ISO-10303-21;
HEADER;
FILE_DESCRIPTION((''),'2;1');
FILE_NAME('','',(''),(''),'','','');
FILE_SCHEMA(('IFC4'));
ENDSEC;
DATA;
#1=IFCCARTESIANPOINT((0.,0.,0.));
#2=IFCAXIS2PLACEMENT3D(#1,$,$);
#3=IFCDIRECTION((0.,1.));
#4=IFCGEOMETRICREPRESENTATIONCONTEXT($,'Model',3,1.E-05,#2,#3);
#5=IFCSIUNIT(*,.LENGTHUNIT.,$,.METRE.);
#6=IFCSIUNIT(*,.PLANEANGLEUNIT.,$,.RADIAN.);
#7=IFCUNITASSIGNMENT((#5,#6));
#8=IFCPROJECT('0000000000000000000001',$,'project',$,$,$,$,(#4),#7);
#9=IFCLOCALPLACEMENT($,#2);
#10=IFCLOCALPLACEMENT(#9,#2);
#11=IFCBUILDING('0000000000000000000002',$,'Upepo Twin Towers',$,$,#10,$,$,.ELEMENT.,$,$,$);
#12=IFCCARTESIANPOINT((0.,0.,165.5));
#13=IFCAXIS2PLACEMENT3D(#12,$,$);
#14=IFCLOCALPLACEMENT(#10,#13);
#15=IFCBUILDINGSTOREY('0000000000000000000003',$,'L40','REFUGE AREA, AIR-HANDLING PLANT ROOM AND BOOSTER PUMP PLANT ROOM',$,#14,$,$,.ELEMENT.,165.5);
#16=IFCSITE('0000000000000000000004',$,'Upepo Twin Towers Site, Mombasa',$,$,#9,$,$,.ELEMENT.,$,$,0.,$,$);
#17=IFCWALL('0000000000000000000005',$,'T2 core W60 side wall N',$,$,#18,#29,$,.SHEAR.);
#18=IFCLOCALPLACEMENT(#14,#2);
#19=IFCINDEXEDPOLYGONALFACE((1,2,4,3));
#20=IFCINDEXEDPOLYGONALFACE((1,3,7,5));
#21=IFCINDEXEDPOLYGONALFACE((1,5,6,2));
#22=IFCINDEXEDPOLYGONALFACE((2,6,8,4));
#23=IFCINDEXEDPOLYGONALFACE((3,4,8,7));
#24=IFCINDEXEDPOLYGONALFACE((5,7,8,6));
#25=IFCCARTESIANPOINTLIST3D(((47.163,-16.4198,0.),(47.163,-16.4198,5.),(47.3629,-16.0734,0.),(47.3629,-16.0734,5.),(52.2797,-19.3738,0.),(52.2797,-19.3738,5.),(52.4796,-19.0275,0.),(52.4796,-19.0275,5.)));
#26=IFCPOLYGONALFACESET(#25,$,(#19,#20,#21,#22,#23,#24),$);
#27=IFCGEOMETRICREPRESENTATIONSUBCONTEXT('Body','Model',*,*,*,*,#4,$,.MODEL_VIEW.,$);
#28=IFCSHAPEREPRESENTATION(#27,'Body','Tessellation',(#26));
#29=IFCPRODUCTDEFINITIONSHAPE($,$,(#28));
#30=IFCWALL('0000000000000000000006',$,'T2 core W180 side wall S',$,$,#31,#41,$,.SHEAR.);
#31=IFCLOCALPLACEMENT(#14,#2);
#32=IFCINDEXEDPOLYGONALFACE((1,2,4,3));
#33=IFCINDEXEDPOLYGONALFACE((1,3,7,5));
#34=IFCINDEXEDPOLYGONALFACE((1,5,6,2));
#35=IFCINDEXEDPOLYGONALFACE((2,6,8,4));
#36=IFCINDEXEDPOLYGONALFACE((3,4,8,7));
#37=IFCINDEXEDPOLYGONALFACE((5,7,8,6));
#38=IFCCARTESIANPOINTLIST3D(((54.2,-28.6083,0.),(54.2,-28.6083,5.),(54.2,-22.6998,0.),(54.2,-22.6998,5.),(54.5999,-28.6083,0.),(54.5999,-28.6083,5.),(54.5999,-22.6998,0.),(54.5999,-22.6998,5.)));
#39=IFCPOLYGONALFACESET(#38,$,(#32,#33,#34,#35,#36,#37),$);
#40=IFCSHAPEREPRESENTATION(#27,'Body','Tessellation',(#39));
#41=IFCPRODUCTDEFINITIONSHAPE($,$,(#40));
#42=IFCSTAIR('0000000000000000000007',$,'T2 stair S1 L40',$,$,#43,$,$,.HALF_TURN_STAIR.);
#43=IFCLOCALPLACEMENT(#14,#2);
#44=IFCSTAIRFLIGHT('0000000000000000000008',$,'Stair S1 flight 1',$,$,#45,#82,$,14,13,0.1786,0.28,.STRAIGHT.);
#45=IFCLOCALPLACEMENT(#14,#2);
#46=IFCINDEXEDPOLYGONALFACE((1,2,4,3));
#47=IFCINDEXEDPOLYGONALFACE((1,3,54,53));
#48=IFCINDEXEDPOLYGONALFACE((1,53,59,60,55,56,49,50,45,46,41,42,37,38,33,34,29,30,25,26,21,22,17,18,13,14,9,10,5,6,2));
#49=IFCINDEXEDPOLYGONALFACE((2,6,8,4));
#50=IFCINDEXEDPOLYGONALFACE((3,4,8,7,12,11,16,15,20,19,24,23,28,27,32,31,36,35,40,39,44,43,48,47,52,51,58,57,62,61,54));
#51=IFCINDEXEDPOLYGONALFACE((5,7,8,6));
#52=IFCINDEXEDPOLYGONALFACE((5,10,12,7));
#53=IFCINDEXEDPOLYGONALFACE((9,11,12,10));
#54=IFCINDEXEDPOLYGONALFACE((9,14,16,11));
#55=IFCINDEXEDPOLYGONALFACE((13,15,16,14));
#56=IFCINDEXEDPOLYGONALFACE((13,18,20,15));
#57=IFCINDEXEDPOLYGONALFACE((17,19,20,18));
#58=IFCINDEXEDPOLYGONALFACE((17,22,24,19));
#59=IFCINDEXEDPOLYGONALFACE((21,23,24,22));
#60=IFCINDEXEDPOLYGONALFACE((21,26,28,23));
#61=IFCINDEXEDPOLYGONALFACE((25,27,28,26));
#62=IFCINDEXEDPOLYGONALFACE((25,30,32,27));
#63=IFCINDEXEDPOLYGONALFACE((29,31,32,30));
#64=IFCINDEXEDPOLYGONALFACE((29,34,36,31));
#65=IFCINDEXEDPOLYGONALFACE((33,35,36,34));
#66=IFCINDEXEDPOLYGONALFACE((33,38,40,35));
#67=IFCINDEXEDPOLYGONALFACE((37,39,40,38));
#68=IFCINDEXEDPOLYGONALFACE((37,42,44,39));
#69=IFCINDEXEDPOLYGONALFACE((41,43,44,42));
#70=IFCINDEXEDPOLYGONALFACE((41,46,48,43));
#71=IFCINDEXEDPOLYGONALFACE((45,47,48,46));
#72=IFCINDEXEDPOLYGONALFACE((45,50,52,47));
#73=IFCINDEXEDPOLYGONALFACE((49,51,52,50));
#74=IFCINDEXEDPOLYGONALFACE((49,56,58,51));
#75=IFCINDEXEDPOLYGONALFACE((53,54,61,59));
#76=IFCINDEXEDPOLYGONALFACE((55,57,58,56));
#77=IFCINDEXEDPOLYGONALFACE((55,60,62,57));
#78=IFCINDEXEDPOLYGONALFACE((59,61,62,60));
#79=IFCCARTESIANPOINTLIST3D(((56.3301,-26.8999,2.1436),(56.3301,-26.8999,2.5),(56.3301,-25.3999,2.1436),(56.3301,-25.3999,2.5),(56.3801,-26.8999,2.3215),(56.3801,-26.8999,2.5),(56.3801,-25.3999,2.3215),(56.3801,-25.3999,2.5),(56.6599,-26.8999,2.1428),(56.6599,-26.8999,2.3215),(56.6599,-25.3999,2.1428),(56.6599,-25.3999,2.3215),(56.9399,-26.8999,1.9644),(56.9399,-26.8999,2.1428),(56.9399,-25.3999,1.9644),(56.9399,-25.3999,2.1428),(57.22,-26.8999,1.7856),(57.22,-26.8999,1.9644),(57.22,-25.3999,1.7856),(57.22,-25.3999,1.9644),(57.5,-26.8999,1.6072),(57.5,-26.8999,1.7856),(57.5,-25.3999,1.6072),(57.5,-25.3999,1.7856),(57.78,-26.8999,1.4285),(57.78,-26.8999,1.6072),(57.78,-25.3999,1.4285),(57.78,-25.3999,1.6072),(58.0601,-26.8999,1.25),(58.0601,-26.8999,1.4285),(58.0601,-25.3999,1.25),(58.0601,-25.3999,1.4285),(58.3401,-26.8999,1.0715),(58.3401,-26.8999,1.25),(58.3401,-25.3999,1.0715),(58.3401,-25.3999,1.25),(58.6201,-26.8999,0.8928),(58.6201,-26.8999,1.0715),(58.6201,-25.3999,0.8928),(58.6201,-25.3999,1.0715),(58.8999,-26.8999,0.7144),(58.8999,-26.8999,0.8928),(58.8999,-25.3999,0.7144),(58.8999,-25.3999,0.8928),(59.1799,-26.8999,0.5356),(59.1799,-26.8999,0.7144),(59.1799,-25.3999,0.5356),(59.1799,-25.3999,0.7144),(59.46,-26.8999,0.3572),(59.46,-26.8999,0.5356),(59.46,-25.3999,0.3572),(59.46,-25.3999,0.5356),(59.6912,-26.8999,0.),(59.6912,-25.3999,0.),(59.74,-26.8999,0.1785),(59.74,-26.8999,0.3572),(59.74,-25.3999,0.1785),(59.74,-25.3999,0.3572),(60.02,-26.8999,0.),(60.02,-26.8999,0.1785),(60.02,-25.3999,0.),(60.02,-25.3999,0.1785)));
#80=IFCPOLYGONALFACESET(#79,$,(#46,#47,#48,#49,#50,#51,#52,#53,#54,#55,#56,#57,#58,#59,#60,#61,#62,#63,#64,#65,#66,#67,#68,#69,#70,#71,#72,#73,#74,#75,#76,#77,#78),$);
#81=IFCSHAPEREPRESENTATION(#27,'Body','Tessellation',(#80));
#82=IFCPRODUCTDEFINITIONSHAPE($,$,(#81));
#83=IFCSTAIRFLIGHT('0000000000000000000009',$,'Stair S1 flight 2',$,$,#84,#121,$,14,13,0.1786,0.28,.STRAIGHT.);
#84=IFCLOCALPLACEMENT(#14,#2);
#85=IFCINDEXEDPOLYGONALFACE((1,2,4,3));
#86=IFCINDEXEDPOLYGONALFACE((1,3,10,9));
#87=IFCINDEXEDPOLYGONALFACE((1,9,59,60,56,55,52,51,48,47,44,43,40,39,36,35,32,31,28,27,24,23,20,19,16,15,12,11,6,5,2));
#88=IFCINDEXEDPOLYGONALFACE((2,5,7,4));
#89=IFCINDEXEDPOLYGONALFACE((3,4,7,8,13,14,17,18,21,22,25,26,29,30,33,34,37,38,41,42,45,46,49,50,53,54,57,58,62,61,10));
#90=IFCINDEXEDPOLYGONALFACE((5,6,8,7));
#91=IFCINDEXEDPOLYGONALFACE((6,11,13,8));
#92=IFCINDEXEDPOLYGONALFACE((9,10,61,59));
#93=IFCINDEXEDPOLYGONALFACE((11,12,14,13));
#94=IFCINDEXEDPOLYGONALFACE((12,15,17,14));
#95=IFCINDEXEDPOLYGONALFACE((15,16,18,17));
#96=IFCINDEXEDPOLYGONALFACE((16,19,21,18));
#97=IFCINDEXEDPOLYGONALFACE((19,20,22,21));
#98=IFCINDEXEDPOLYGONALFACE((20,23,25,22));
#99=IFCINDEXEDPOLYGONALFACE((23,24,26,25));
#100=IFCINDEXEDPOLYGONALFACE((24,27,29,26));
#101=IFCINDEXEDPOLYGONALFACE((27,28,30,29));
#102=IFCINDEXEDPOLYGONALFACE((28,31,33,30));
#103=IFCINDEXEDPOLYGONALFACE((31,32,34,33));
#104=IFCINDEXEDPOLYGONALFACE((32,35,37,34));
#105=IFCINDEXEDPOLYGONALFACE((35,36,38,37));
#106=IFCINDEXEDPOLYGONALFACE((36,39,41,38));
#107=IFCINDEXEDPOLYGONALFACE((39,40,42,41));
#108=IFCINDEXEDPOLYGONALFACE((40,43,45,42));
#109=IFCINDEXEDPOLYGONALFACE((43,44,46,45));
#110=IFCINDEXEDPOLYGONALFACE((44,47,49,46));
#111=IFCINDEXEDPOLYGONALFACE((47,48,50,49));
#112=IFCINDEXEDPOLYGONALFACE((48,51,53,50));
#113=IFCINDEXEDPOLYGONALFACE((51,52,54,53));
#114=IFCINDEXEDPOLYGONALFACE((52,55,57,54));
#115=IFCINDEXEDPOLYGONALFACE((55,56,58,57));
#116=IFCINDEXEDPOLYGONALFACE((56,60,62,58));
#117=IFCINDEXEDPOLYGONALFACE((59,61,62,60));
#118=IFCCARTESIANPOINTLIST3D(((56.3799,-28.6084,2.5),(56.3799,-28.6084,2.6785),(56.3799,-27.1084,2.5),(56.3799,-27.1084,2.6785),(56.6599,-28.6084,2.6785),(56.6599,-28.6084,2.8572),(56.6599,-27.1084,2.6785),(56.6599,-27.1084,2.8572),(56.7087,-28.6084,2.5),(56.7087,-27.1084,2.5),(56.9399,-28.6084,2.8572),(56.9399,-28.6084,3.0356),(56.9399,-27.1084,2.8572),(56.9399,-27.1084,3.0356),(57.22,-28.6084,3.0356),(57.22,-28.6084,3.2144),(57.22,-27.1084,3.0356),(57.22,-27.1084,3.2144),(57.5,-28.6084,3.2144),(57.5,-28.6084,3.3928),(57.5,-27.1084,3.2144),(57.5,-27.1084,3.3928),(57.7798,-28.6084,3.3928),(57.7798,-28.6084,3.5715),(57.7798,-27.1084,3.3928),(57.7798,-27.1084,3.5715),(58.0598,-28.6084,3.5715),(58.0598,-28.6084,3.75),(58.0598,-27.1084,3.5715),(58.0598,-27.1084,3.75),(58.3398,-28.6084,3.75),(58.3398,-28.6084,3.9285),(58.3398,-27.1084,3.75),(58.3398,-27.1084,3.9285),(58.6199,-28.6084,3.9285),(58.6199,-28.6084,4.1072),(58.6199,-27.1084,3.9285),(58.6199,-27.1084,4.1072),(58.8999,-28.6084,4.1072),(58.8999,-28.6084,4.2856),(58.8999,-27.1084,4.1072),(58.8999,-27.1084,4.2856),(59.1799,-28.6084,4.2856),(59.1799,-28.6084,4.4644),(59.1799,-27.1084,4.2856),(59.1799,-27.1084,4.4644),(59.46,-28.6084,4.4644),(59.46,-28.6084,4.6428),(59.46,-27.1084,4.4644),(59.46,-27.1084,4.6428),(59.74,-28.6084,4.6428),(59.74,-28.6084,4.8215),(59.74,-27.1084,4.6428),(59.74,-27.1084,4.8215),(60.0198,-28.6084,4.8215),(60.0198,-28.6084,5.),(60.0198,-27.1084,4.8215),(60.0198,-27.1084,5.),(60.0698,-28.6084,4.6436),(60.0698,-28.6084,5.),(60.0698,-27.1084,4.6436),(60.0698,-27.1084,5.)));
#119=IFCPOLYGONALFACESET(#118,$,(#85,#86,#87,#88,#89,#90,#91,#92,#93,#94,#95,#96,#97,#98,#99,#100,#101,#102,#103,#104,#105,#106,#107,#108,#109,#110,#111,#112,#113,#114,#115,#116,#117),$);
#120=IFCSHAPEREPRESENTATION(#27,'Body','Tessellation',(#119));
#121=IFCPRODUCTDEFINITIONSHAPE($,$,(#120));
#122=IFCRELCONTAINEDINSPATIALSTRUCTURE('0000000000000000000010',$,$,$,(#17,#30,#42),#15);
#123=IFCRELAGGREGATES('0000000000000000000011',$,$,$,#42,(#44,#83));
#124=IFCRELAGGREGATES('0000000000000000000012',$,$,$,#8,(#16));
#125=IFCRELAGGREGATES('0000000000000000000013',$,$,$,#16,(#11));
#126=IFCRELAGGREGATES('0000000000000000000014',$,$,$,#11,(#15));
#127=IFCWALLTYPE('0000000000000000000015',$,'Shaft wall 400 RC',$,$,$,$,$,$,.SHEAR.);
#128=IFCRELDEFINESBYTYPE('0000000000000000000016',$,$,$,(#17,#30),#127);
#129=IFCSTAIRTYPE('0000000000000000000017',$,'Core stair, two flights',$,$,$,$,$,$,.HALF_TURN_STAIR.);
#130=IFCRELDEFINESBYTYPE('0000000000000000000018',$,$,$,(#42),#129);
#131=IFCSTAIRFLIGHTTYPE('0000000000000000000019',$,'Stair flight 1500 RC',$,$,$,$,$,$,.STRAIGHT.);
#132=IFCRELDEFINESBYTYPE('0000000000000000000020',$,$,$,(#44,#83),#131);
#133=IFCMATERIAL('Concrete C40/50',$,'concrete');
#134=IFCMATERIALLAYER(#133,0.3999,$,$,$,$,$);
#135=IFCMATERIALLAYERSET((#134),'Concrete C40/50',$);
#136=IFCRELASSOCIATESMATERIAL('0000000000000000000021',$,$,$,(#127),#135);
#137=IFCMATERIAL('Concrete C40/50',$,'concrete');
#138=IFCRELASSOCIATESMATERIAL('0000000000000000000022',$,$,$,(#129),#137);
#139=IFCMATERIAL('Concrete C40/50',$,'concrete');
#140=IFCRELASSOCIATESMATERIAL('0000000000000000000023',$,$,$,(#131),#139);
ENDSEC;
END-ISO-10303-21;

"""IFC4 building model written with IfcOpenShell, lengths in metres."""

from ifc_helpers import new_model, si_unit, direction, frame, frame_2d, origin, place, context, subcontext, project, spatial, polyline, rectangle, outline, extrude, material, layer, layer_set, type_object, element, aggregate, save


model = new_model("IFC4")

# Units and contexts
model_context = context("Model", 3, precision=1e-05, world=origin(), true_north=direction((0.0, 1.0)))
body_context = subcontext(model_context, "Body", "Model", "MODEL_VIEW")
ifc_project = project(units=[si_unit("LENGTHUNIT", "METRE"), si_unit("PLANEANGLEUNIT", "RADIAN")], contexts=[model_context])

# Site, building, storey
site_placement = place(None, origin())
site = spatial("IfcSite", under=ifc_project, at=site_placement, Name="Upepo Twin Towers Site, Mombasa", CompositionType="ELEMENT", RefElevation=0.0)
building_placement = place(site_placement, origin())
building = spatial("IfcBuilding", under=site, at=building_placement, Name="Upepo Twin Towers", CompositionType="ELEMENT")
storey_placement = place(building_placement, frame((0.0, 0.0, 165.5)))
storey = spatial("IfcBuildingStorey", under=building, at=storey_placement, Name="L40", Description="REFUGE AREA, AIR-HANDLING PLANT ROOM AND BOOSTER PUMP PLANT ROOM", CompositionType="ELEMENT", Elevation=165.5)

# Walls
ifc_material_1 = material(Name="Concrete C40/50", Category="concrete")
ifc_layer_1 = layer(ifc_material_1, 0.3999)
ifc_layer_set_1 = layer_set([ifc_layer_1], Name="Concrete C40/50")
wall_type_1 = type_object("IfcWallType", Name="Shaft wall 400 RC", PredefinedType="SHEAR", material=ifc_layer_set_1)
wall_1_placement = place(storey_placement, frame((52.3796, -19.2007, 0.0), z_axis=(0.0, 0.0, 1.0), x_axis=(-0.866027, 0.499997, 0.0)))
element("IfcWall", 1, at=wall_1_placement, inside=storey, type_object=wall_type_1, Name="T2 core W60 side wall N", PredefinedType="SHEAR", context=body_context, shape_type="SweptSolid", body=[
    extrude(rectangle(XDim=5.9082, YDim=0.3999, at=frame_2d((2.9541, 0.0))), origin(), (0.0, 0.0, 1.0), 5.0),
])
wall_2_placement = place(storey_placement, frame((54.3999, -22.7, 0.0), z_axis=(0.0, 0.0, 1.0), x_axis=(0.0, -1.0, 0.0)))
element("IfcWall", 2, at=wall_2_placement, inside=storey, type_object=wall_type_1, Name="T2 core W180 side wall S", PredefinedType="SHEAR", context=body_context, shape_type="SweptSolid", body=[
    extrude(rectangle(XDim=5.9084, YDim=0.3999, at=frame_2d((2.9541, 0.0))), origin(), (0.0, 0.0, 1.0), 5.0),
])

# Stair, stair flights
ifc_material_2 = material(Name="Concrete C40/50", Category="concrete")
stair_type = type_object("IfcStairType", Name="Core stair, two flights", PredefinedType="HALF_TURN_STAIR", material=ifc_material_2)
stair_placement = place(storey_placement, origin())
stair = element("IfcStair", 3, at=stair_placement, inside=storey, type_object=stair_type, Name="T2 stair S1 L40", PredefinedType="HALF_TURN_STAIR")
ifc_material_3 = material(Name="Concrete C40/50", Category="concrete")
stair_flight_type = type_object("IfcStairFlightType", Name="Stair flight 1500 RC", PredefinedType="STRAIGHT", material=ifc_material_3)
stair_flight_1_placement = place(storey_placement, frame((60.02, -26.1499, 0.0), z_axis=(0.0, 0.0, 1.0), x_axis=(-1.0, 0.0, 0.0)))
stair_flight_1 = element("IfcStairFlight", 4, at=stair_flight_1_placement, type_object=stair_flight_type, Name="Stair S1 flight 1", NumberOfRisers=14, NumberOfTreads=13, PredefinedType="STRAIGHT", RiserHeight=0.1786, TreadLength=0.28, context=body_context, shape_type="SweptSolid", body=[
    extrude(outline(polyline([(0.0, 0.0), (0.0, 0.1785), (0.28, 0.1785), (0.28, 0.3572), (0.5601, 0.3572), (0.5601, 0.5356), (0.8401, 0.5356), (0.8401, 0.7144), (1.1201, 0.7144), (1.1201, 0.8928), (1.3999, 0.8928), (1.3999, 1.0715), (1.6799, 1.0715), (1.6799, 1.25), (1.96, 1.25), (1.96, 1.4285), (2.24, 1.4285), (2.24, 1.6072), (2.52, 1.6072), (2.52, 1.7856), (2.8, 1.7856), (2.8, 1.9644), (3.0801, 1.9644), (3.0801, 2.1428), (3.3601, 2.1428), (3.3601, 2.3215), (3.6399, 2.3215), (3.6399, 2.5), (3.6899, 2.5), (3.6899, 2.1436), (0.3289, 0.0), (0.0, 0.0)])), frame((0.0, 0.75, 0.0), z_axis=(0.0, -1.0, 0.0), x_axis=(1.0, 0.0, 0.0)), (0.0, 0.0, 1.0), 1.5),
])
stair_flight_2_placement = place(storey_placement, frame((56.3799, -27.8584, 2.5), z_axis=(0.0, 0.0, 1.0), x_axis=(1.0, 0.0, 0.0)))
stair_flight_2 = element("IfcStairFlight", 5, at=stair_flight_2_placement, type_object=stair_flight_type, Name="Stair S1 flight 2", NumberOfRisers=14, NumberOfTreads=13, PredefinedType="STRAIGHT", RiserHeight=0.1786, TreadLength=0.28, context=body_context, shape_type="SweptSolid", body=[
    extrude(outline(polyline([(0.0, 0.0), (0.0, 0.1785), (0.28, 0.1785), (0.28, 0.3572), (0.5601, 0.3572), (0.5601, 0.5356), (0.8401, 0.5356), (0.8401, 0.7144), (1.1201, 0.7144), (1.1201, 0.8928), (1.3999, 0.8928), (1.3999, 1.0715), (1.6799, 1.0715), (1.6799, 1.25), (1.96, 1.25), (1.96, 1.4285), (2.24, 1.4285), (2.24, 1.6072), (2.52, 1.6072), (2.52, 1.7856), (2.8, 1.7856), (2.8, 1.9644), (3.0801, 1.9644), (3.0801, 2.1428), (3.3601, 2.1428), (3.3601, 2.3215), (3.6399, 2.3215), (3.6399, 2.5), (3.6899, 2.5), (3.6899, 2.1436), (0.3289, 0.0), (0.0, 0.0)])), frame((0.0, 0.75, 0.0), z_axis=(0.0, -1.0, 0.0), x_axis=(1.0, 0.0, 0.0)), (0.0, 0.0, 1.0), 1.5),
])
aggregate(stair, [stair_flight_1, stair_flight_2])

save(model, "model.ifc")
